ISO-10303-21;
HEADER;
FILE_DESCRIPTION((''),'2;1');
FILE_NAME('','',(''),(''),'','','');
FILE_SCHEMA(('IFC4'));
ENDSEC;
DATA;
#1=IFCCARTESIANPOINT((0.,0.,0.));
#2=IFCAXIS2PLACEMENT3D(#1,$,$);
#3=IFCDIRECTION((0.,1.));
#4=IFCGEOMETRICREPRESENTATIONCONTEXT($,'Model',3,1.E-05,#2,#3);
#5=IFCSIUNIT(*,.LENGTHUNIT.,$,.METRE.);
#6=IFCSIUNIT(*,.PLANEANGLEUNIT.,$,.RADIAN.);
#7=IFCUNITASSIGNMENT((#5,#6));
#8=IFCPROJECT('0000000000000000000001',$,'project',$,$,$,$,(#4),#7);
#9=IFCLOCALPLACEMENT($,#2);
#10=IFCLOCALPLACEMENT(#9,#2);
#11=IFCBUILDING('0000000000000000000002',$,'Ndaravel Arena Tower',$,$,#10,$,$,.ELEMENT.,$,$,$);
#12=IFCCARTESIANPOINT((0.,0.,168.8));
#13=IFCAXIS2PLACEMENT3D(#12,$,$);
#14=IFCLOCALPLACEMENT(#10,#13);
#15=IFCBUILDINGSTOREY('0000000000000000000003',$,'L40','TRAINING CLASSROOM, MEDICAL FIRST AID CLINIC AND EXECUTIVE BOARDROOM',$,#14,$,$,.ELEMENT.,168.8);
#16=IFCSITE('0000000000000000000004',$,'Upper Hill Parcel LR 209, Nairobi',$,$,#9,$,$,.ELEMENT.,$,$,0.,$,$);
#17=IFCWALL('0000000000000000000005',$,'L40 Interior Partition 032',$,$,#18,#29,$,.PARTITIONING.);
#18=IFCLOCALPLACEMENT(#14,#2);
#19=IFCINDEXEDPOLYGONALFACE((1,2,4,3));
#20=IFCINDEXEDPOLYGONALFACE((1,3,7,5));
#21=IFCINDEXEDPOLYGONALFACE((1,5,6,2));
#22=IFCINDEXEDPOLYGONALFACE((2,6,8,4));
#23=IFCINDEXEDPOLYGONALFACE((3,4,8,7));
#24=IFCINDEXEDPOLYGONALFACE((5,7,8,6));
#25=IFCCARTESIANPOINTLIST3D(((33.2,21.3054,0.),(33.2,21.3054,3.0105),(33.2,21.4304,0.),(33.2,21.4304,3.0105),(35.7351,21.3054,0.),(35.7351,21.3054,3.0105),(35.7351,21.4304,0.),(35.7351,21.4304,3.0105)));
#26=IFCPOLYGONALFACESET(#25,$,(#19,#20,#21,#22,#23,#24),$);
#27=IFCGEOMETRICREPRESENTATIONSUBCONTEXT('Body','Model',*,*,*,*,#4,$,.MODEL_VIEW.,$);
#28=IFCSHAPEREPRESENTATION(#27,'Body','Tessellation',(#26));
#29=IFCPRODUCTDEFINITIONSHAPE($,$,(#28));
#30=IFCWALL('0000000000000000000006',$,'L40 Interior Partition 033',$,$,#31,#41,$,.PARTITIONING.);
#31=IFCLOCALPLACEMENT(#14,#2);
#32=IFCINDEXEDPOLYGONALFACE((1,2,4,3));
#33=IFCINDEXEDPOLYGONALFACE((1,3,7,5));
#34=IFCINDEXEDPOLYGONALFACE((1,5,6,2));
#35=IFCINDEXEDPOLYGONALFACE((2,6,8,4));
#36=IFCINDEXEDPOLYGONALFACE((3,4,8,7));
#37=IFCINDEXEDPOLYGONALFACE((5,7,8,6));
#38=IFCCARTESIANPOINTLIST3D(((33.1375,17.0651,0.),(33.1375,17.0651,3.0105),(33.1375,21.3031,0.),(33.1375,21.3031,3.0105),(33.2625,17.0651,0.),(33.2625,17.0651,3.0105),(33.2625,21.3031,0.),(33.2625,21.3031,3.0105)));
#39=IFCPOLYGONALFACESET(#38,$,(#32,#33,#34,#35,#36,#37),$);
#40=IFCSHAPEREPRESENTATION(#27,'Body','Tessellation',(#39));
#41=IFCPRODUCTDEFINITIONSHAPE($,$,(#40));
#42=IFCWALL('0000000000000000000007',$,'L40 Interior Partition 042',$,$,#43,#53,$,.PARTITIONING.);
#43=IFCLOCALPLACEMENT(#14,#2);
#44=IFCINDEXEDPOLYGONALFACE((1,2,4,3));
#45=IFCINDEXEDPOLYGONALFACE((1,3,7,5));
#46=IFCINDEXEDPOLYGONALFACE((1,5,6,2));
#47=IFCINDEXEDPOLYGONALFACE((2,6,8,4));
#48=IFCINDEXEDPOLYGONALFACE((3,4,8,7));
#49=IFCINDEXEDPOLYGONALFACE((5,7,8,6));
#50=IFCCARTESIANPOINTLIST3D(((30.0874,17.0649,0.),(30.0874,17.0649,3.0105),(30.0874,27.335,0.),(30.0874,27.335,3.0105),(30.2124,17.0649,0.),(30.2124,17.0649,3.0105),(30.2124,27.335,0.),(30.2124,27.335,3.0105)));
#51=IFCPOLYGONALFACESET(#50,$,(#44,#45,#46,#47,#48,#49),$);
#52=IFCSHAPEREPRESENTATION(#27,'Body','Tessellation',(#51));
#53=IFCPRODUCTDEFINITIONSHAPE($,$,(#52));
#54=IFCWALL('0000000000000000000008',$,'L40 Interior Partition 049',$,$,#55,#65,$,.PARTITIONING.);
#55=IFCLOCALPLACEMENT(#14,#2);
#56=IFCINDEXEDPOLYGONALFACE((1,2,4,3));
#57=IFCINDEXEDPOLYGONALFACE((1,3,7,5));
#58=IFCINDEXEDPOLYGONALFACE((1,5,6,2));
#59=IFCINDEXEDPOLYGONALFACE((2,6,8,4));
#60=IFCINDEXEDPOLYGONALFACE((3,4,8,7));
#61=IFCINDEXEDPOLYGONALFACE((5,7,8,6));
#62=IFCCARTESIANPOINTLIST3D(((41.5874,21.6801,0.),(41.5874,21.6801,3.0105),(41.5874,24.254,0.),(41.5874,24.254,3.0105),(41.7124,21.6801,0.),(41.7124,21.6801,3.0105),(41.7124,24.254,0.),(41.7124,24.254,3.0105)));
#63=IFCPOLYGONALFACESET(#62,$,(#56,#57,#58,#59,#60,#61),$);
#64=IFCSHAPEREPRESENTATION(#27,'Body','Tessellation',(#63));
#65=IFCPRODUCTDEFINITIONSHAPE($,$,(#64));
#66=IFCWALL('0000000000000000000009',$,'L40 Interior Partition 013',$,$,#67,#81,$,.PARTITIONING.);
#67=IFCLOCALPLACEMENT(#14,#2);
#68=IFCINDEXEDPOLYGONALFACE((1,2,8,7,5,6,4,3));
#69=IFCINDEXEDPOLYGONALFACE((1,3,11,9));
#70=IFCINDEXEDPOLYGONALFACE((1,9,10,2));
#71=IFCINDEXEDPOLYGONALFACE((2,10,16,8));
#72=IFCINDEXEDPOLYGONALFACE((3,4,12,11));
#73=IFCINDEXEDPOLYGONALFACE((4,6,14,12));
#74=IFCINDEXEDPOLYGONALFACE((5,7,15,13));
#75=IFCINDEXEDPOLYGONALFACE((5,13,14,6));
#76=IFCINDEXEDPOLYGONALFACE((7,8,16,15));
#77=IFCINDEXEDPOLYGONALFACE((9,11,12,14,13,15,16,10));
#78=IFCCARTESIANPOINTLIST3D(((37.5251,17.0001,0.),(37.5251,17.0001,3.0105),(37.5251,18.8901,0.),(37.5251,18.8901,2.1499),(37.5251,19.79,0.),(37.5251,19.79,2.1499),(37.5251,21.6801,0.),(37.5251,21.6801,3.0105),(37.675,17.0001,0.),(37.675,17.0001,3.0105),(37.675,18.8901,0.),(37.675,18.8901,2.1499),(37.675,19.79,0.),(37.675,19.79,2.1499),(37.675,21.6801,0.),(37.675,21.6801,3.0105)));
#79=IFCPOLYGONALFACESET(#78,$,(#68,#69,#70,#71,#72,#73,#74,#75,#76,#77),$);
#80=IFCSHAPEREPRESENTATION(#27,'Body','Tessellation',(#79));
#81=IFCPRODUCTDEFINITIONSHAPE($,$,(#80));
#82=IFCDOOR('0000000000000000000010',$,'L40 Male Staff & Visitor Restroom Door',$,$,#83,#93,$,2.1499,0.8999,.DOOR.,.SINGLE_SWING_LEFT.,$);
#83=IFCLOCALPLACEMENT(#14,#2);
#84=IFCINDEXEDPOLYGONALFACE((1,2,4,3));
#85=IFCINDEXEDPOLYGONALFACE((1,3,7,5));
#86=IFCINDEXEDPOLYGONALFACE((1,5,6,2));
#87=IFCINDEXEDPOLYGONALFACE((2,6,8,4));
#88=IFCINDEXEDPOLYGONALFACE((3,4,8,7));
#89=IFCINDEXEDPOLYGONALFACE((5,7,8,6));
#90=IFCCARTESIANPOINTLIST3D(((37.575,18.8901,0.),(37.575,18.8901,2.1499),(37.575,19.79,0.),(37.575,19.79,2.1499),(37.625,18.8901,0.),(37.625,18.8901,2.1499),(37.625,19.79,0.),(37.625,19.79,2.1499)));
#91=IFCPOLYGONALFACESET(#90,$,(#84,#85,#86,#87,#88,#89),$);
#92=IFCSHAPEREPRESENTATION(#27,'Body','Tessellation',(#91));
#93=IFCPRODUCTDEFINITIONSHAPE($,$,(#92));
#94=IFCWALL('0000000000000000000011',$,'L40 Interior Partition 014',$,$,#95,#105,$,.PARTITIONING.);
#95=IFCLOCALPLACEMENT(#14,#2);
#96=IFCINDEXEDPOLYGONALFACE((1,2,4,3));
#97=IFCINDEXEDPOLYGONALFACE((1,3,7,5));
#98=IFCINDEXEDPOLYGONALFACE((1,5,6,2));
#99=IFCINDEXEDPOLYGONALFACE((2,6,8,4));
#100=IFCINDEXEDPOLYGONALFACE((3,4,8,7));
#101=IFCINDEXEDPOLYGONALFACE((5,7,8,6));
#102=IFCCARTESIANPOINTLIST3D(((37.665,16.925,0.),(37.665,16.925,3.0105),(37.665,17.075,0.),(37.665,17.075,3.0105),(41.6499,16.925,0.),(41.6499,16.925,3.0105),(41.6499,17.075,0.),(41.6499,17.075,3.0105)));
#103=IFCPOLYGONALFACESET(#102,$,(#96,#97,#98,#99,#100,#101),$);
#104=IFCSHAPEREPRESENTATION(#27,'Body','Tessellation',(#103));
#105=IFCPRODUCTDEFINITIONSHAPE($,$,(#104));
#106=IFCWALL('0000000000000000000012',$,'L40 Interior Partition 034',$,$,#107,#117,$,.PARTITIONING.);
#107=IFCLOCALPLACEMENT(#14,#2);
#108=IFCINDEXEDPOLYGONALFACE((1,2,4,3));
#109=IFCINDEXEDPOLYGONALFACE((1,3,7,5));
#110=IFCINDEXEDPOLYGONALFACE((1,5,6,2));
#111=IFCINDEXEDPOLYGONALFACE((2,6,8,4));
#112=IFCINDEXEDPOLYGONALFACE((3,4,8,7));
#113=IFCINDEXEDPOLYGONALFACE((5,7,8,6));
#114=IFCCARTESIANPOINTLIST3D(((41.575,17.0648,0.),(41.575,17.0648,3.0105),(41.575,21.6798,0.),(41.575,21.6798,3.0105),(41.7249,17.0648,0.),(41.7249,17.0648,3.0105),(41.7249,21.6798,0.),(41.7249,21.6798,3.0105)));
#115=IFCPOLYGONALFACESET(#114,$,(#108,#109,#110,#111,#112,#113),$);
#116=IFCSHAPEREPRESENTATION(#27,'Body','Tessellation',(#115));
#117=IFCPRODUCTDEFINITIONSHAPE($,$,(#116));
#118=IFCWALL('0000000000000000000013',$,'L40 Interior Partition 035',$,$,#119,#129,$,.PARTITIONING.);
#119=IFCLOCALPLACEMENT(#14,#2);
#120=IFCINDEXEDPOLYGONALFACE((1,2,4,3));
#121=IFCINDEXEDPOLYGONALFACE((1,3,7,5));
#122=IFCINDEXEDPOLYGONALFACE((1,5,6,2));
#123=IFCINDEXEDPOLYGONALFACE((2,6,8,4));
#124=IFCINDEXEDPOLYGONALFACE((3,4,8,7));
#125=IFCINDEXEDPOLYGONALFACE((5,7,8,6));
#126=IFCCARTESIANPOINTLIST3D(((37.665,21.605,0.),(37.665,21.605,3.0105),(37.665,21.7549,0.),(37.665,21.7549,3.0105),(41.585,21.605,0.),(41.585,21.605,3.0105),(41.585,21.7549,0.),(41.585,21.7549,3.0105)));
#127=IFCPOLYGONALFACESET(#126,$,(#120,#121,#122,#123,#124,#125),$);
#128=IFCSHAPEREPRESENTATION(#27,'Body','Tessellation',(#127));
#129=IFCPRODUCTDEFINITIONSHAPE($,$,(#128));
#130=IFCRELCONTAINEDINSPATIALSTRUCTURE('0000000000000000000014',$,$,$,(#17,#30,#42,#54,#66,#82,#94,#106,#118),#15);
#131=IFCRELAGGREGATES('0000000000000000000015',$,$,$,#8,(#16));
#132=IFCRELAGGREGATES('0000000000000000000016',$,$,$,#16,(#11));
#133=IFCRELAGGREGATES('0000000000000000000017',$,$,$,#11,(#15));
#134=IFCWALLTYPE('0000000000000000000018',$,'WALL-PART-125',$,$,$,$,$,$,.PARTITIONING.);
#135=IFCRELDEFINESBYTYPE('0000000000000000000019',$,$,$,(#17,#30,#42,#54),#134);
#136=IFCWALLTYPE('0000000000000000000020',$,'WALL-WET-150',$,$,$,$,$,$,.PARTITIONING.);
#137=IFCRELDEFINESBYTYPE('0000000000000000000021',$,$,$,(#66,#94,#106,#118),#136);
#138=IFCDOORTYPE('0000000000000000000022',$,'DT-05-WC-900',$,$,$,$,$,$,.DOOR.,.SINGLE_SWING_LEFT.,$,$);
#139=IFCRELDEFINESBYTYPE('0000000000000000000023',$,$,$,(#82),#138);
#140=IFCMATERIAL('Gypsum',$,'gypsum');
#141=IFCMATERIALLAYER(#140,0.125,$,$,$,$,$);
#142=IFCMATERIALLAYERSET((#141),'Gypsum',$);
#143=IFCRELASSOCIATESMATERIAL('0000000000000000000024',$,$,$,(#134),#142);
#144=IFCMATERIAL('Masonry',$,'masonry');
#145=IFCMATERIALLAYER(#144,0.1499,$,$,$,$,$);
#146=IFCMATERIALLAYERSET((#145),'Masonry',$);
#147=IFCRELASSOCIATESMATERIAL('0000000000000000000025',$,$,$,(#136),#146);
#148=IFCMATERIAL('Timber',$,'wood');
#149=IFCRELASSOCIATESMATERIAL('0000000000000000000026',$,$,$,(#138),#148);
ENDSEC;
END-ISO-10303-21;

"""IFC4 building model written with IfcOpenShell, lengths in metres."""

from ifc_helpers import new_model, si_unit, direction, frame, frame_2d, origin, place, context, subcontext, project, spatial, rectangle, extrude, material, layer, layer_set, type_object, element, fill, save


model = new_model("IFC4")

# Units and contexts
model_context = context("Model", 3, precision=1e-05, world=origin(), true_north=direction((0.0, 1.0)))
body_context = subcontext(model_context, "Body", "Model", "MODEL_VIEW")
ifc_project = project(units=[si_unit("LENGTHUNIT", "METRE"), si_unit("PLANEANGLEUNIT", "RADIAN")], contexts=[model_context])

# Site, building, storey
site_placement = place(None, origin())
site = spatial("IfcSite", under=ifc_project, at=site_placement, Name="Upper Hill Parcel LR 209, Nairobi", CompositionType="ELEMENT", RefElevation=0.0)
building_placement = place(site_placement, origin())
building = spatial("IfcBuilding", under=site, at=building_placement, Name="Ndaravel Arena Tower", CompositionType="ELEMENT")
storey_placement = place(building_placement, frame((0.0, 0.0, 168.8)))
storey = spatial("IfcBuildingStorey", under=building, at=storey_placement, Name="L40", Description="TRAINING CLASSROOM, MEDICAL FIRST AID CLINIC AND EXECUTIVE BOARDROOM", CompositionType="ELEMENT", Elevation=168.8)

# Shared definitions
ifc_material_1 = material(Name="Gypsum", Category="gypsum")
ifc_layer_1 = layer(ifc_material_1, 0.125)
ifc_layer_set_1 = layer_set([ifc_layer_1], Name="Gypsum")
wall_type_1 = type_object("IfcWallType", Name="WALL-PART-125", PredefinedType="PARTITIONING", material=ifc_layer_set_1)

# Walls
wall_1_placement = place(storey_placement, frame((33.2, 21.3679, 0.0), z_axis=(0.0, 0.0, 1.0), x_axis=(1.0, 0.0, 0.0)))
element("IfcWall", 1, at=wall_1_placement, inside=storey, type_object=wall_type_1, Name="L40 Interior Partition 032", PredefinedType="PARTITIONING", context=body_context, shape_type="SweptSolid", body=[
    extrude(rectangle(XDim=2.5352, YDim=0.125, at=frame_2d((1.2676, 0.0))), origin(), (0.0, 0.0, 1.0), 3.0105),
])
wall_2_placement = place(storey_placement, frame((33.2, 17.0649, 0.0), z_axis=(0.0, 0.0, 1.0), x_axis=(0.0, 1.0, 0.0)))
element("IfcWall", 2, at=wall_2_placement, inside=storey, type_object=wall_type_1, Name="L40 Interior Partition 033", PredefinedType="PARTITIONING", context=body_context, shape_type="SweptSolid", body=[
    extrude(rectangle(XDim=4.238, YDim=0.125, at=frame_2d((2.1191, 0.0))), origin(), (0.0, 0.0, 1.0), 3.0105),
])
wall_3_placement = place(storey_placement, frame((30.1499, 27.335, 0.0), z_axis=(0.0, 0.0, 1.0), x_axis=(0.0, -1.0, 0.0)))
element("IfcWall", 3, at=wall_3_placement, inside=storey, type_object=wall_type_1, Name="L40 Interior Partition 042", PredefinedType="PARTITIONING", context=body_context, shape_type="SweptSolid", body=[
    extrude(rectangle(XDim=10.27, YDim=0.125, at=frame_2d((5.135, 0.0))), origin(), (0.0, 0.0, 1.0), 3.0105),
])
wall_4_placement = place(storey_placement, frame((41.6499, 21.6799, 0.0), z_axis=(0.0, 0.0, 1.0), x_axis=(0.0, 1.0, 0.0)))
element("IfcWall", 4, at=wall_4_placement, inside=storey, type_object=wall_type_1, Name="L40 Interior Partition 049", PredefinedType="PARTITIONING", context=body_context, shape_type="SweptSolid", body=[
    extrude(rectangle(XDim=2.574, YDim=0.125, at=frame_2d((1.2871, 0.0))), origin(), (0.0, 0.0, 1.0), 3.0105),
])

# Wall, opening, door
ifc_material_2 = material(Name="Masonry", Category="masonry")
ifc_layer_2 = layer(ifc_material_2, 0.1499)
ifc_layer_set_2 = layer_set([ifc_layer_2], Name="Masonry")
wall_type_2 = type_object("IfcWallType", Name="WALL-WET-150", PredefinedType="PARTITIONING", material=ifc_layer_set_2)
wall_5_placement = place(storey_placement, frame((37.6001, 21.6799, 0.0), z_axis=(0.0, 0.0, 1.0), x_axis=(0.0, -1.0, 0.0)))
wall_5 = element("IfcWall", 5, at=wall_5_placement, inside=storey, type_object=wall_type_2, Name="L40 Interior Partition 013", PredefinedType="PARTITIONING", context=body_context, shape_type="SweptSolid", body=[
    extrude(rectangle(XDim=4.6799, YDim=0.1499, at=frame_2d((2.3398, 0.0))), origin(), (0.0, 0.0, 1.0), 3.0105),
])
opening_1_placement = place(wall_5_placement, frame((1.8899, 0.0, 0.0)))
opening_1 = element("IfcOpeningElement", 6, at=opening_1_placement, cuts=wall_5, PredefinedType="OPENING", context=body_context, shape_type="SweptSolid", body=[
    extrude(rectangle(XDim=0.8999, YDim=2.1499, at=frame_2d((0.45, 1.075))), frame((0.0, 0.075, 0.0), z_axis=(0.0, -1.0, 0.0), x_axis=(1.0, 0.0, 0.0)), (0.0, 0.0, 1.0), 0.1499),
])
ifc_material_3 = material(Name="Timber", Category="wood")
door_type_1 = type_object("IfcDoorType", Name="DT-05-WC-900", OperationType="SINGLE_SWING_LEFT", PredefinedType="DOOR", material=ifc_material_3)
door_1_placement = place(opening_1_placement, origin())
door_1 = element("IfcDoor", 7, at=door_1_placement, inside=storey, type_object=door_type_1, Name="L40 Male Staff & Visitor Restroom Door", OperationType="SINGLE_SWING_LEFT", OverallHeight=2.1499, OverallWidth=0.8999, PredefinedType="DOOR", context=body_context, shape_type="SweptSolid", body=[
    extrude(rectangle(XDim=0.8999, YDim=2.1499, at=frame_2d((0.45, 1.075))), frame((0.0, 0.0249, 0.0), z_axis=(0.0, -1.0, 0.0), x_axis=(1.0, 0.0, 0.0)), (0.0, 0.0, 1.0), 0.05),
])
fill(opening_1, door_1)

# Walls
wall_6_placement = place(storey_placement, frame((37.665, 17.0, 0.0), z_axis=(0.0, 0.0, 1.0), x_axis=(1.0, 0.0, 0.0)))
element("IfcWall", 8, at=wall_6_placement, inside=storey, type_object=wall_type_2, Name="L40 Interior Partition 014", PredefinedType="PARTITIONING", context=body_context, shape_type="SweptSolid", body=[
    extrude(rectangle(XDim=3.9849, YDim=0.1499, at=frame_2d((1.9924, 0.0))), origin(), (0.0, 0.0, 1.0), 3.0105),
])
wall_7_placement = place(storey_placement, frame((41.6499, 21.6799, 0.0), z_axis=(0.0, 0.0, 1.0), x_axis=(0.0, -1.0, 0.0)))
element("IfcWall", 9, at=wall_7_placement, inside=storey, type_object=wall_type_2, Name="L40 Interior Partition 034", PredefinedType="PARTITIONING", context=body_context, shape_type="SweptSolid", body=[
    extrude(rectangle(XDim=4.615, YDim=0.1499, at=frame_2d((2.3076, 0.0))), origin(), (0.0, 0.0, 1.0), 3.0105),
])
wall_8_placement = place(storey_placement, frame((37.665, 21.6799, 0.0), z_axis=(0.0, 0.0, 1.0), x_axis=(1.0, 0.0, 0.0)))
element("IfcWall", 10, at=wall_8_placement, inside=storey, type_object=wall_type_2, Name="L40 Interior Partition 035", PredefinedType="PARTITIONING", context=body_context, shape_type="SweptSolid", body=[
    extrude(rectangle(XDim=3.9199, YDim=0.1499, at=frame_2d((1.96, 0.0))), origin(), (0.0, 0.0, 1.0), 3.0105),
])

save(model, "model.ifc")
